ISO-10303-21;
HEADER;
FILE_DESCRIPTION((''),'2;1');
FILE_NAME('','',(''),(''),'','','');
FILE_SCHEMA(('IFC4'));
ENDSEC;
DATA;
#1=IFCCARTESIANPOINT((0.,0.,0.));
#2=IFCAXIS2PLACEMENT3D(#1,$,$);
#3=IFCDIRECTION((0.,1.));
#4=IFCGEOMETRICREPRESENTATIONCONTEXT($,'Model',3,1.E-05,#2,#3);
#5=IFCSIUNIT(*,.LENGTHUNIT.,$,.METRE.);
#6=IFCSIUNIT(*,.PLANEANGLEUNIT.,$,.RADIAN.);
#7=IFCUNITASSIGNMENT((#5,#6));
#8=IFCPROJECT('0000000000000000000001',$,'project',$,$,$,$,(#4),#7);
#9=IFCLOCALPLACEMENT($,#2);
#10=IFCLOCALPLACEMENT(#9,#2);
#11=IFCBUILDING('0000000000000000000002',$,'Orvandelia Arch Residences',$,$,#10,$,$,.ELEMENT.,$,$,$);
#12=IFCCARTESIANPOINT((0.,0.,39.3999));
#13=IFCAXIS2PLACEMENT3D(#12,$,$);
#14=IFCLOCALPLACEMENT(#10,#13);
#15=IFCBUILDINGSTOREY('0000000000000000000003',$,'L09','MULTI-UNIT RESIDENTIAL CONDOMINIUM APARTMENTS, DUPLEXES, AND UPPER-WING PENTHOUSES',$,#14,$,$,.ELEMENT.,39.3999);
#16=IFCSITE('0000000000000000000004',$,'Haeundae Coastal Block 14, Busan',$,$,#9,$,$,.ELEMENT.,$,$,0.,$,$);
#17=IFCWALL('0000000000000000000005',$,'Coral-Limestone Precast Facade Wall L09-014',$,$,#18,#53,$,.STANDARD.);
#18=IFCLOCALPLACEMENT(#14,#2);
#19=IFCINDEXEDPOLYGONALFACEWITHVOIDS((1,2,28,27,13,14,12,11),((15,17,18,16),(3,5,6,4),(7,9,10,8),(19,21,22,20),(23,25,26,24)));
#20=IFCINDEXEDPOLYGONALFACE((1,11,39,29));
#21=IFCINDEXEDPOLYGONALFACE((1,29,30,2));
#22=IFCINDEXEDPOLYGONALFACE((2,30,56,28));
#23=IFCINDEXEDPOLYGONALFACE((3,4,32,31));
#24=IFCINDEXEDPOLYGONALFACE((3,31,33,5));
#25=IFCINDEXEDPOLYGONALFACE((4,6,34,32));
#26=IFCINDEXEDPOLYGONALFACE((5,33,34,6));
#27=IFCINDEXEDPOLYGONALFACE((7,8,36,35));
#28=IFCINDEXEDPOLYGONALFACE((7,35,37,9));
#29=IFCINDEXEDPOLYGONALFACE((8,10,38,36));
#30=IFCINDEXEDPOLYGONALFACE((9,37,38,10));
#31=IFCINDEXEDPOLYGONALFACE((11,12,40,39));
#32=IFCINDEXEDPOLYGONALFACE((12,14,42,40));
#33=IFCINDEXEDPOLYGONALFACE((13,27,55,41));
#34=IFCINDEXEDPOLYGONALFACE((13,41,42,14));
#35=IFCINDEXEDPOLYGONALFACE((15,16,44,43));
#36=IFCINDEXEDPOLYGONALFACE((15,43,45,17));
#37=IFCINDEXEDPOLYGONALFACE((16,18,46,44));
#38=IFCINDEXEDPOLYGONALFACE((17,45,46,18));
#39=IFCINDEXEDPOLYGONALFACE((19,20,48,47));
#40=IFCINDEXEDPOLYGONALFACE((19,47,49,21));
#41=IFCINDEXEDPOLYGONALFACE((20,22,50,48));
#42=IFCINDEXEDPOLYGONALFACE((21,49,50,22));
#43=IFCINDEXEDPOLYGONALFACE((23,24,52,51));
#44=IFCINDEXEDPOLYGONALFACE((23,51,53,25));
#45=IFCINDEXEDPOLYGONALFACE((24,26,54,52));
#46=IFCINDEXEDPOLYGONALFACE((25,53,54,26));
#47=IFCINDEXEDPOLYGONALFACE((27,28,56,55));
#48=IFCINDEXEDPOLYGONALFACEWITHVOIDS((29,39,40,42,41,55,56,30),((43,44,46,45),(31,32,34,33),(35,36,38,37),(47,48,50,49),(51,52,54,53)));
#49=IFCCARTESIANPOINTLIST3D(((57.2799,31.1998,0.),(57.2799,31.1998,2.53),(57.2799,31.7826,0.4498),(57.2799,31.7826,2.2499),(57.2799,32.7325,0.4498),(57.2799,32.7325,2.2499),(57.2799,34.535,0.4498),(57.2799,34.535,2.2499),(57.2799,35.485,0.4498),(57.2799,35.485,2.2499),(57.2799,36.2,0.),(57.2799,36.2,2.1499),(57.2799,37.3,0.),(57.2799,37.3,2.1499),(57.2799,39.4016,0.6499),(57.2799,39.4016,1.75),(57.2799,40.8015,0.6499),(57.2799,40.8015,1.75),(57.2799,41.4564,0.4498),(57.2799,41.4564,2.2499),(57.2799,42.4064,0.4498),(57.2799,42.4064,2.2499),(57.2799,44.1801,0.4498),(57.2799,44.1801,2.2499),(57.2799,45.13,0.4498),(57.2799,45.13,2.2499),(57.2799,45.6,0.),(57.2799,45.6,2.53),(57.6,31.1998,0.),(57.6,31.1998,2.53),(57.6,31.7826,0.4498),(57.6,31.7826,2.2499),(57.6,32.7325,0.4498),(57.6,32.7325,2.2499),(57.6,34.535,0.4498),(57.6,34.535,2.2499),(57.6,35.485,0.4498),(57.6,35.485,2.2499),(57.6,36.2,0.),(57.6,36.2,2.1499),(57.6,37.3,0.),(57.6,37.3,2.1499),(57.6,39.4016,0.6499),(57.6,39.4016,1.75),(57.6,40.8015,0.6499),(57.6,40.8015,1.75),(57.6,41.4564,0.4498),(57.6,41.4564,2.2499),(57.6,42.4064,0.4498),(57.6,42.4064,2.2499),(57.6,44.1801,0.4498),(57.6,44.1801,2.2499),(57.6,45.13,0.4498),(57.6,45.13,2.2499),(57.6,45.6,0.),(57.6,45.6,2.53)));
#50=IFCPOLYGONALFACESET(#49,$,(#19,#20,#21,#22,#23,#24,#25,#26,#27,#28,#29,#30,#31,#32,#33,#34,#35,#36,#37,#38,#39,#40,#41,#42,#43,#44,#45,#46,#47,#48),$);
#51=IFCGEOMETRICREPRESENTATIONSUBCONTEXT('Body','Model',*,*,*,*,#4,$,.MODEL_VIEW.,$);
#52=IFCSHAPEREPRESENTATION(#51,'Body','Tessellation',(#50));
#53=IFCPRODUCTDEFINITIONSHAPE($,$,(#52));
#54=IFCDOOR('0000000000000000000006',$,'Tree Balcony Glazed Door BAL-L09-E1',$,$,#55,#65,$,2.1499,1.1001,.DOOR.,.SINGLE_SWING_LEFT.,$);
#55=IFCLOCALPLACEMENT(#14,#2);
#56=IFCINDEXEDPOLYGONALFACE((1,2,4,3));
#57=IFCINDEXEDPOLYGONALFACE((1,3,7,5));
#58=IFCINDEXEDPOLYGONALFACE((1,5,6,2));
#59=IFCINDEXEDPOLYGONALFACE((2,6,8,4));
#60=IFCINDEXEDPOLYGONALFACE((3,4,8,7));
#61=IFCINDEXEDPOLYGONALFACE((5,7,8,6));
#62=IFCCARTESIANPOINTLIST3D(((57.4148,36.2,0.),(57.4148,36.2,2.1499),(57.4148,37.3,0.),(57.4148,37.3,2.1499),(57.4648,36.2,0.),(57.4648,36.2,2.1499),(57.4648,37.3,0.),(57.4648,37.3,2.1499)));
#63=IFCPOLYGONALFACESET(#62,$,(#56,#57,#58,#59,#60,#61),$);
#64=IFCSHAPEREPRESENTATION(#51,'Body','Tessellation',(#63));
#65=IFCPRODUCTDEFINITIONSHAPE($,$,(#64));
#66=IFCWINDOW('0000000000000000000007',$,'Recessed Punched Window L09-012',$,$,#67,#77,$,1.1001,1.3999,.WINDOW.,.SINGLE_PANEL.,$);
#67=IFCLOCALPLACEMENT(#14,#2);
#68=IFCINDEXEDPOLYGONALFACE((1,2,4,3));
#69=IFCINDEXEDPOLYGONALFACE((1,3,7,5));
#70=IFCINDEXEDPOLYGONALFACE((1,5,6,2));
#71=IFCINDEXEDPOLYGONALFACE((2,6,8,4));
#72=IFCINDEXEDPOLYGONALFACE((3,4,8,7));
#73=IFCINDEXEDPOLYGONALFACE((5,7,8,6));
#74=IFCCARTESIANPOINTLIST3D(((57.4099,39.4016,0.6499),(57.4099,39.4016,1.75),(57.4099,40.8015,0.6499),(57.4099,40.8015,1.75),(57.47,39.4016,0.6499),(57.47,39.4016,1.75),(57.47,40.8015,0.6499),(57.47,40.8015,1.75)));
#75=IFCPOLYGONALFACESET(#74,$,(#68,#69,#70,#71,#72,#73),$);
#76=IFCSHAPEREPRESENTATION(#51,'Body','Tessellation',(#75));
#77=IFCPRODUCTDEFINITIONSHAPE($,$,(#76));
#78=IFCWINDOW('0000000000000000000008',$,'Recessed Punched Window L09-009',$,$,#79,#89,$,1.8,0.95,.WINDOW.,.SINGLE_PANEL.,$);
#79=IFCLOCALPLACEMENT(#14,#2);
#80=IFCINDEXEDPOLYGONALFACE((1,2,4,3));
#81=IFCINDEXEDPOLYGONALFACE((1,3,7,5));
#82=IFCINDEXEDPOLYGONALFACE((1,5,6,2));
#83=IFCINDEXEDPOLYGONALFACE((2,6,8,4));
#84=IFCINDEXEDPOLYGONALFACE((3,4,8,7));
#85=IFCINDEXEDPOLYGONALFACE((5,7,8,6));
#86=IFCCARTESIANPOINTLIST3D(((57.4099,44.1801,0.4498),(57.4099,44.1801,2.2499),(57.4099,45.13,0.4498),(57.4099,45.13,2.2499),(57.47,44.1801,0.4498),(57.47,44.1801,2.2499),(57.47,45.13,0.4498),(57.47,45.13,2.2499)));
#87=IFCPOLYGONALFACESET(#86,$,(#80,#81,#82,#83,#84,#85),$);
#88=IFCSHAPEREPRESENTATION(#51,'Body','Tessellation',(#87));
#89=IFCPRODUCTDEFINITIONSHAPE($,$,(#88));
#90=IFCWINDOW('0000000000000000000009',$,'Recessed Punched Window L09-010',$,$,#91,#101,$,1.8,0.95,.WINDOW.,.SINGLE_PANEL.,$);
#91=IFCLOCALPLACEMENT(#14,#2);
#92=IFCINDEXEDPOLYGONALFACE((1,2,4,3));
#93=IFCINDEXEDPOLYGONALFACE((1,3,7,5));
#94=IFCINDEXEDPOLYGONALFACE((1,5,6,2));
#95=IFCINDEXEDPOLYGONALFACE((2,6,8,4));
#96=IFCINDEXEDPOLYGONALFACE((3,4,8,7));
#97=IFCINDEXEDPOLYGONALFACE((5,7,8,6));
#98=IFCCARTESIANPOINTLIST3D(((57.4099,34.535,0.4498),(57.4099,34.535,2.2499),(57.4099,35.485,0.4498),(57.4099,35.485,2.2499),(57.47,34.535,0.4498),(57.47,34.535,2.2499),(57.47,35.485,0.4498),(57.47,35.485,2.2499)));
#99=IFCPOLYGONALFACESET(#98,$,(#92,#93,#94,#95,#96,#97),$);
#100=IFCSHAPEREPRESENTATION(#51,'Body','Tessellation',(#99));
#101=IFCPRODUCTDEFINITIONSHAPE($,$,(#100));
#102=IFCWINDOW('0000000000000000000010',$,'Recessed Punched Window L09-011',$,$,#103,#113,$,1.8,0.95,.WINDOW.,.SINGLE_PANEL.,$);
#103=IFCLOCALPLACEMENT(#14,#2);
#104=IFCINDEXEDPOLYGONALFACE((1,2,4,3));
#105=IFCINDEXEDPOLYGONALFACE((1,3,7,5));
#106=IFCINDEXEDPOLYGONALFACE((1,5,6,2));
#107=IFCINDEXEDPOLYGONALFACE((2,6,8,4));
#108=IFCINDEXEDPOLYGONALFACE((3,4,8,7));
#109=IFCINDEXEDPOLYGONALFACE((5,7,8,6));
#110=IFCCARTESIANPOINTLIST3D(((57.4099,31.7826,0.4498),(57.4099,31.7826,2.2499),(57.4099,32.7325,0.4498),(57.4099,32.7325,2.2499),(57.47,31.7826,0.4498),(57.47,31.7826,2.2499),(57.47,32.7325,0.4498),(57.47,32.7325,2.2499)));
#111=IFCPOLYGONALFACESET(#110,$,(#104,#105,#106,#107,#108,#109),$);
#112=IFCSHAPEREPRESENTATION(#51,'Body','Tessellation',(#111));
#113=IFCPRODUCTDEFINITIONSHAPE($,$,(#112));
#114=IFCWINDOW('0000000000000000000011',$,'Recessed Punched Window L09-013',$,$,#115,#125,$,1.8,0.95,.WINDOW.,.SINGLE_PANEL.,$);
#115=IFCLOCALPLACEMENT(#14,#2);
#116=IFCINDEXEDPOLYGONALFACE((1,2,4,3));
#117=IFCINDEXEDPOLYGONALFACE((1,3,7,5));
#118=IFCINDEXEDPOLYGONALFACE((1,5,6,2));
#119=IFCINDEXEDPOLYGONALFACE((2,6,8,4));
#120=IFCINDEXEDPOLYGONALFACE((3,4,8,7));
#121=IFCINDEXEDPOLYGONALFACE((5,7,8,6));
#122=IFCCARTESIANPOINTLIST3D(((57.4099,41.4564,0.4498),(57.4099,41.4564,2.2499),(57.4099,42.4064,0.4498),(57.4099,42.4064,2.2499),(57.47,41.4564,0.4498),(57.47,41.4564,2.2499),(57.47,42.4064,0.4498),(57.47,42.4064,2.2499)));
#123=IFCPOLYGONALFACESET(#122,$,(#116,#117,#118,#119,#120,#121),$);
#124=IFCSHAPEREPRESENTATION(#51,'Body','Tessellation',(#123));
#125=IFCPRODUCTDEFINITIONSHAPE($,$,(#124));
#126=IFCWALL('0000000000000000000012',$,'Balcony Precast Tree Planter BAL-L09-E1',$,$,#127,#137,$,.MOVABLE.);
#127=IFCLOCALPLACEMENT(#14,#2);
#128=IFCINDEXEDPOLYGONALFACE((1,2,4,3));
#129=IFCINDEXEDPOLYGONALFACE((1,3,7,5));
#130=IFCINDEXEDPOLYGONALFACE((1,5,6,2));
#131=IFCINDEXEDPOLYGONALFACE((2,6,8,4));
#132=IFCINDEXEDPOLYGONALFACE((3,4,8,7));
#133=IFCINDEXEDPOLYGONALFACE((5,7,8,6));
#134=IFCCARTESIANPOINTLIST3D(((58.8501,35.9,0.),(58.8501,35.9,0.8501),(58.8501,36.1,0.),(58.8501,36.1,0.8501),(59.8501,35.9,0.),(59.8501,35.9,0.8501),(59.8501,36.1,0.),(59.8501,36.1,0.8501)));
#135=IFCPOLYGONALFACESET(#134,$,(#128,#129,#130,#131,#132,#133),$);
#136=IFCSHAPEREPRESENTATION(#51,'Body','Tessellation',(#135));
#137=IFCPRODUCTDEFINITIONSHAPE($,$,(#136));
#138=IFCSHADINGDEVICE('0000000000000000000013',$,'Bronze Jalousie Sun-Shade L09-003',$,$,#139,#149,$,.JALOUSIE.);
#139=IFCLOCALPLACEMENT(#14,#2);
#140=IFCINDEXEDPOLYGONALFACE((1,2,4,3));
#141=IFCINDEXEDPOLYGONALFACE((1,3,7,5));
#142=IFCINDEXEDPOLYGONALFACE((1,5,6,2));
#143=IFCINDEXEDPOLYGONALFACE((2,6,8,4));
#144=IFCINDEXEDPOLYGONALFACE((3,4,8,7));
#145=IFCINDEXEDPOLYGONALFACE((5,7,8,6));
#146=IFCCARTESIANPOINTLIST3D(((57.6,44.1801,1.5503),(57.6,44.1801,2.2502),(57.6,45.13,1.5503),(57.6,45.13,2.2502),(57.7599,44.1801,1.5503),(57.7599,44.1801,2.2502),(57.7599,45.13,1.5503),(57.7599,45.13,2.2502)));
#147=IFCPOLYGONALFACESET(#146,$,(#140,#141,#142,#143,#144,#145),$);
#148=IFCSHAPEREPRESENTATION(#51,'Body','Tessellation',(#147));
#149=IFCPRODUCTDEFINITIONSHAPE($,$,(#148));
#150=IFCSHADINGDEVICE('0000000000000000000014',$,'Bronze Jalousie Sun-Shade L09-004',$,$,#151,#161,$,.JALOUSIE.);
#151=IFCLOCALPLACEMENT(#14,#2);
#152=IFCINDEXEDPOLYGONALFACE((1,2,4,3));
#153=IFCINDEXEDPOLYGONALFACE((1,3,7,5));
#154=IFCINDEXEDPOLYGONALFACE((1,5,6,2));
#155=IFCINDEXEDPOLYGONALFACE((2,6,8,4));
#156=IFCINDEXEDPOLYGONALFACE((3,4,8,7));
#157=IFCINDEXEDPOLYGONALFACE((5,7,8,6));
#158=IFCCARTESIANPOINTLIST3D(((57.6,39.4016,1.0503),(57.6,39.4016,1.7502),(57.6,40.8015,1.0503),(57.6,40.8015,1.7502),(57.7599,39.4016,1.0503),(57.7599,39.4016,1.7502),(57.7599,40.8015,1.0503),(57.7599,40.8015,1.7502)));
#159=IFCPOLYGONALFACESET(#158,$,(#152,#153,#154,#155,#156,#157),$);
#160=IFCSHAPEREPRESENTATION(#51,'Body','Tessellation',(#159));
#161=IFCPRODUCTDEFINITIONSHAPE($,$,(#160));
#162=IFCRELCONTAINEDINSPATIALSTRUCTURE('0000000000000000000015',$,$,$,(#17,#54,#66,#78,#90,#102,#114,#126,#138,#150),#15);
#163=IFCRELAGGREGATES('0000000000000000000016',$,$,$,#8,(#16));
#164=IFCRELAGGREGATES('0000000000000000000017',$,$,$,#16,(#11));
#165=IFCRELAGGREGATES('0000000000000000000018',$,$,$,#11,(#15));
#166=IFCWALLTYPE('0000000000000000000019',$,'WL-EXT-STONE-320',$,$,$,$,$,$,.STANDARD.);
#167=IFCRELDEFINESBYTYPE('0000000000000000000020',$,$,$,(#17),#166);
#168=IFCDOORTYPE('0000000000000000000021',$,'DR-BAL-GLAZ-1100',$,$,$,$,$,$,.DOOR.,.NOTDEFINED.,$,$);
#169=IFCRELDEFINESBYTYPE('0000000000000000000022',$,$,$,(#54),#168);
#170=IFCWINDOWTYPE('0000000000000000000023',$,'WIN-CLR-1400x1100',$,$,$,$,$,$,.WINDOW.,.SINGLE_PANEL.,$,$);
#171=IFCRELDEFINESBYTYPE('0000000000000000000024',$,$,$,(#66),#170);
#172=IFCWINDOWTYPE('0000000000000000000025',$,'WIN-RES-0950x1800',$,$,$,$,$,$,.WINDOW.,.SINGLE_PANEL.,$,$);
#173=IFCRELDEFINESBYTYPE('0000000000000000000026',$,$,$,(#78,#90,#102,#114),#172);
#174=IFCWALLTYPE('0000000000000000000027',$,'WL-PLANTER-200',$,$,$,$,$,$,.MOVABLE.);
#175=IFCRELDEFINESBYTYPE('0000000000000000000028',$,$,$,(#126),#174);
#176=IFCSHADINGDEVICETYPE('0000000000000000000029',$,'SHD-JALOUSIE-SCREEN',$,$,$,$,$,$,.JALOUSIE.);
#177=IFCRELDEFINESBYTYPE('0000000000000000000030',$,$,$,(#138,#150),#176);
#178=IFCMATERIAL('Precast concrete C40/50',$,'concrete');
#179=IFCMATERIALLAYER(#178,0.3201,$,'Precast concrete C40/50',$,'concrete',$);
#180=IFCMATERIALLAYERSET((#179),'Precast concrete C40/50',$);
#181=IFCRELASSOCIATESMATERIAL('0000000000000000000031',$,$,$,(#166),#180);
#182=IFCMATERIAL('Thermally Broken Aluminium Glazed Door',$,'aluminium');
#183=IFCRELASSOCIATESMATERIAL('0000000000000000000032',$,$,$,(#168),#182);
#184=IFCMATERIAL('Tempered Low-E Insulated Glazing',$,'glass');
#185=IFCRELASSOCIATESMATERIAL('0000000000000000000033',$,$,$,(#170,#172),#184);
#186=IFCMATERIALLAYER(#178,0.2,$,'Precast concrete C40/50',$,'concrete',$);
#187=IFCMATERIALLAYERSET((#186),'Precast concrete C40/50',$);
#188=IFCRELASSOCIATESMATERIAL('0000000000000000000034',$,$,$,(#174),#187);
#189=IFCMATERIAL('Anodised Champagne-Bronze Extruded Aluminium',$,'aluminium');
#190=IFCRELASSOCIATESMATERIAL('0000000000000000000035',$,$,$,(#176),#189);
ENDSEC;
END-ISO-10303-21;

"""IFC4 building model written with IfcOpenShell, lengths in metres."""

from ifc_helpers import new_model, si_unit, direction, frame, frame_2d, origin, origin_2d, place, context, subcontext, project, spatial, rectangle, extrude, material, layer, layer_set, type_object, element, fill, save


model = new_model("IFC4")

# Units and contexts
model_context = context("Model", 3, precision=1e-05, world=origin(), true_north=direction((0.0, 1.0)))
body_context = subcontext(model_context, "Body", "Model", "MODEL_VIEW")
ifc_project = project(units=[si_unit("LENGTHUNIT", "METRE"), si_unit("PLANEANGLEUNIT", "RADIAN")], contexts=[model_context])

# Site, building, storey
site_placement = place(None, origin())
site = spatial("IfcSite", under=ifc_project, at=site_placement, Name="Haeundae Coastal Block 14, Busan", CompositionType="ELEMENT", RefElevation=0.0)
building_placement = place(site_placement, origin())
building = spatial("IfcBuilding", under=site, at=building_placement, Name="Orvandelia Arch Residences", CompositionType="ELEMENT")
storey_placement = place(building_placement, frame((0.0, 0.0, 39.3999)))
storey = spatial("IfcBuildingStorey", under=building, at=storey_placement, Name="L09", Description="MULTI-UNIT RESIDENTIAL CONDOMINIUM APARTMENTS, DUPLEXES, AND UPPER-WING PENTHOUSES", CompositionType="ELEMENT", Elevation=39.3999)

# Shared definitions
ifc_material_1 = material(Name="Precast concrete C40/50", Category="concrete")
ifc_layer_1 = layer(ifc_material_1, 0.3201, Name="Precast concrete C40/50", Category="concrete")
ifc_layer_set_1 = layer_set([ifc_layer_1], Name="Precast concrete C40/50")
wall_type_1 = type_object("IfcWallType", Name="WL-EXT-STONE-320", PredefinedType="STANDARD", material=ifc_layer_set_1)

# Wall, openings, door, windows
wall_1_placement = place(storey_placement, frame((57.4399, 45.6001, 0.0), z_axis=(0.0, 0.0, 1.0), x_axis=(0.0, -1.0, 0.0)))
wall_1 = element("IfcWall", 1, at=wall_1_placement, inside=storey, type_object=wall_type_1, Name="Coral-Limestone Precast Facade Wall L09-014", PredefinedType="STANDARD", context=body_context, shape_type="SweptSolid", body=[
    extrude(rectangle(XDim=14.4001, YDim=0.3201, at=frame_2d((7.2002, 0.0))), origin(), (0.0, 0.0, 1.0), 2.53),
])
opening_1_placement = place(wall_1_placement, frame((8.3, 0.0, 0.0)))
opening_1 = element("IfcOpeningElement", 2, at=opening_1_placement, cuts=wall_1, PredefinedType="OPENING", context=body_context, shape_type="SweptSolid", body=[
    extrude(rectangle(XDim=1.1001, YDim=2.1499, at=frame_2d((0.55, 1.075))), frame((0.0, 0.1699, 0.0), z_axis=(0.0, -1.0, 0.0), x_axis=(1.0, 0.0, 0.0)), (0.0, 0.0, 1.0), 0.3401),
])
opening_2_placement = place(wall_1_placement, frame((0.47, 0.0, 0.45)))
opening_2 = element("IfcOpeningElement", 3, at=opening_2_placement, cuts=wall_1, PredefinedType="OPENING", context=body_context, shape_type="SweptSolid", body=[
    extrude(rectangle(XDim=0.95, YDim=1.8, at=frame_2d((0.4751, 0.8999))), frame((0.0, 0.1699, 0.0), z_axis=(0.0, -1.0, 0.0), x_axis=(1.0, 0.0, 0.0)), (0.0, 0.0, 1.0), 0.3401),
])
opening_3_placement = place(wall_1_placement, frame((10.115, 0.0, 0.45)))
opening_3 = element("IfcOpeningElement", 4, at=opening_3_placement, cuts=wall_1, PredefinedType="OPENING", context=body_context, shape_type="SweptSolid", body=[
    extrude(rectangle(XDim=0.95, YDim=1.8, at=frame_2d((0.4751, 0.8999))), frame((0.0, 0.1699, 0.0), z_axis=(0.0, -1.0, 0.0), x_axis=(1.0, 0.0, 0.0)), (0.0, 0.0, 1.0), 0.3401),
])
opening_4_placement = place(wall_1_placement, frame((12.8674, 0.0, 0.45)))
opening_4 = element("IfcOpeningElement", 5, at=opening_4_placement, cuts=wall_1, PredefinedType="OPENING", context=body_context, shape_type="SweptSolid", body=[
    extrude(rectangle(XDim=0.95, YDim=1.8, at=frame_2d((0.4751, 0.8999))), frame((0.0, 0.1699, 0.0), z_axis=(0.0, -1.0, 0.0), x_axis=(1.0, 0.0, 0.0)), (0.0, 0.0, 1.0), 0.3401),
])
opening_5_placement = place(wall_1_placement, frame((4.7986, 0.0, 0.6499)))
opening_5 = element("IfcOpeningElement", 6, at=opening_5_placement, cuts=wall_1, PredefinedType="OPENING", context=body_context, shape_type="SweptSolid", body=[
    extrude(rectangle(XDim=1.3999, YDim=1.1001, at=frame_2d((0.7, 0.55))), frame((0.0, 0.1699, 0.0), z_axis=(0.0, -1.0, 0.0), x_axis=(1.0, 0.0, 0.0)), (0.0, 0.0, 1.0), 0.3401),
])
opening_6_placement = place(wall_1_placement, frame((3.1936, 0.0, 0.45)))
opening_6 = element("IfcOpeningElement", 7, at=opening_6_placement, cuts=wall_1, PredefinedType="OPENING", context=body_context, shape_type="SweptSolid", body=[
    extrude(rectangle(XDim=0.95, YDim=1.8, at=frame_2d((0.4751, 0.8999))), frame((0.0, 0.1699, 0.0), z_axis=(0.0, -1.0, 0.0), x_axis=(1.0, 0.0, 0.0)), (0.0, 0.0, 1.0), 0.3401),
])
ifc_material_2 = material(Name="Thermally Broken Aluminium Glazed Door", Category="aluminium")
door_type = type_object("IfcDoorType", Name="DR-BAL-GLAZ-1100", OperationType="NOTDEFINED", PredefinedType="DOOR", material=ifc_material_2)
door_placement = place(opening_1_placement, origin())
door = element("IfcDoor", 8, at=door_placement, inside=storey, type_object=door_type, Name="Tree Balcony Glazed Door BAL-L09-E1", OperationType="SINGLE_SWING_LEFT", OverallHeight=2.1499, OverallWidth=1.1001, PredefinedType="DOOR", context=body_context, shape_type="SweptSolid", body=[
    extrude(rectangle(XDim=1.1001, YDim=2.1499, at=frame_2d((0.55, 1.075))), frame((0.0, 0.0249, 0.0), z_axis=(0.0, -1.0, 0.0), x_axis=(1.0, 0.0, 0.0)), (0.0, 0.0, 1.0), 0.05),
])
fill(opening_1, door)
ifc_material_3 = material(Name="Tempered Low-E Insulated Glazing", Category="glass")
window_type_1 = type_object("IfcWindowType", Name="WIN-CLR-1400x1100", PartitioningType="SINGLE_PANEL", PredefinedType="WINDOW", material=ifc_material_3)
window_1_placement = place(opening_5_placement, origin())
window_1 = element("IfcWindow", 9, at=window_1_placement, inside=storey, type_object=window_type_1, Name="Recessed Punched Window L09-012", OverallHeight=1.1001, OverallWidth=1.3999, PartitioningType="SINGLE_PANEL", PredefinedType="WINDOW", context=body_context, shape_type="SweptSolid", body=[
    extrude(rectangle(XDim=1.3999, YDim=1.1001, at=frame_2d((0.7, 0.55))), frame((0.0, 0.03, 0.0), z_axis=(0.0, -1.0, 0.0), x_axis=(1.0, 0.0, 0.0)), (0.0, 0.0, 1.0), 0.0601),
])
fill(opening_5, window_1)
window_type_2 = type_object("IfcWindowType", Name="WIN-RES-0950x1800", PartitioningType="SINGLE_PANEL", PredefinedType="WINDOW", material=ifc_material_3)
window_2_placement = place(opening_2_placement, origin())
window_2 = element("IfcWindow", 10, at=window_2_placement, inside=storey, type_object=window_type_2, Name="Recessed Punched Window L09-009", OverallHeight=1.8, OverallWidth=0.95, PartitioningType="SINGLE_PANEL", PredefinedType="WINDOW", context=body_context, shape_type="SweptSolid", body=[
    extrude(rectangle(XDim=0.95, YDim=1.8, at=frame_2d((0.4751, 0.8999))), frame((0.0, 0.03, 0.0), z_axis=(0.0, -1.0, 0.0), x_axis=(1.0, 0.0, 0.0)), (0.0, 0.0, 1.0), 0.0601),
])
fill(opening_2, window_2)
window_3_placement = place(opening_3_placement, origin())
window_3 = element("IfcWindow", 11, at=window_3_placement, inside=storey, type_object=window_type_2, Name="Recessed Punched Window L09-010", OverallHeight=1.8, OverallWidth=0.95, PartitioningType="SINGLE_PANEL", PredefinedType="WINDOW", context=body_context, shape_type="SweptSolid", body=[
    extrude(rectangle(XDim=0.95, YDim=1.8, at=frame_2d((0.4751, 0.8999))), frame((0.0, 0.03, 0.0), z_axis=(0.0, -1.0, 0.0), x_axis=(1.0, 0.0, 0.0)), (0.0, 0.0, 1.0), 0.0601),
])
fill(opening_3, window_3)
window_4_placement = place(opening_4_placement, origin())
window_4 = element("IfcWindow", 12, at=window_4_placement, inside=storey, type_object=window_type_2, Name="Recessed Punched Window L09-011", OverallHeight=1.8, OverallWidth=0.95, PartitioningType="SINGLE_PANEL", PredefinedType="WINDOW", context=body_context, shape_type="SweptSolid", body=[
    extrude(rectangle(XDim=0.95, YDim=1.8, at=frame_2d((0.4751, 0.8999))), frame((0.0, 0.03, 0.0), z_axis=(0.0, -1.0, 0.0), x_axis=(1.0, 0.0, 0.0)), (0.0, 0.0, 1.0), 0.0601),
])
fill(opening_4, window_4)
window_5_placement = place(opening_6_placement, origin())
window_5 = element("IfcWindow", 13, at=window_5_placement, inside=storey, type_object=window_type_2, Name="Recessed Punched Window L09-013", OverallHeight=1.8, OverallWidth=0.95, PartitioningType="SINGLE_PANEL", PredefinedType="WINDOW", context=body_context, shape_type="SweptSolid", body=[
    extrude(rectangle(XDim=0.95, YDim=1.8, at=frame_2d((0.4751, 0.8999))), frame((0.0, 0.03, 0.0), z_axis=(0.0, -1.0, 0.0), x_axis=(1.0, 0.0, 0.0)), (0.0, 0.0, 1.0), 0.0601),
])
fill(opening_6, window_5)

# Wall
ifc_layer_2 = layer(ifc_material_1, 0.2, Name="Precast concrete C40/50", Category="concrete")
ifc_layer_set_2 = layer_set([ifc_layer_2], Name="Precast concrete C40/50")
wall_type_2 = type_object("IfcWallType", Name="WL-PLANTER-200", PredefinedType="MOVABLE", material=ifc_layer_set_2)
wall_2_placement = place(storey_placement, frame((58.8501, 36.0, 0.0), z_axis=(0.0, 0.0, 1.0), x_axis=(1.0, 0.0, 0.0)))
element("IfcWall", 14, at=wall_2_placement, inside=storey, type_object=wall_type_2, Name="Balcony Precast Tree Planter BAL-L09-E1", PredefinedType="MOVABLE", context=body_context, shape_type="SweptSolid", body=[
    extrude(rectangle(XDim=1.0, YDim=0.2, at=frame_2d((0.5, 0.0))), origin(), (0.0, 0.0, 1.0), 0.8501),
])

# Shading devices
ifc_material_4 = material(Name="Anodised Champagne-Bronze Extruded Aluminium", Category="aluminium")
shading_device_type_1 = type_object("IfcShadingDeviceType", Name="SHD-JALOUSIE-SCREEN", PredefinedType="JALOUSIE", material=ifc_material_4)
shading_device_1_placement = place(storey_placement, frame((57.6799, 44.655, 1.5503), z_axis=(0.0, 0.0, 1.0), x_axis=(0.0, -1.0, 0.0)))
element("IfcShadingDevice", 15, at=shading_device_1_placement, inside=storey, type_object=shading_device_type_1, Name="Bronze Jalousie Sun-Shade L09-003", PredefinedType="JALOUSIE", context=body_context, shape_type="SweptSolid", body=[
    extrude(rectangle(XDim=0.95, YDim=0.1599, at=origin_2d()), origin(), (0.0, 0.0, 1.0), 0.7),
])
shading_device_2_placement = place(storey_placement, frame((57.6799, 40.1016, 1.0503), z_axis=(0.0, 0.0, 1.0), x_axis=(0.0, -1.0, 0.0)))
element("IfcShadingDevice", 16, at=shading_device_2_placement, inside=storey, type_object=shading_device_type_1, Name="Bronze Jalousie Sun-Shade L09-004", PredefinedType="JALOUSIE", context=body_context, shape_type="SweptSolid", body=[
    extrude(rectangle(XDim=1.3999, YDim=0.1599, at=origin_2d()), origin(), (0.0, 0.0, 1.0), 0.7),
])

save(model, "model.ifc")
